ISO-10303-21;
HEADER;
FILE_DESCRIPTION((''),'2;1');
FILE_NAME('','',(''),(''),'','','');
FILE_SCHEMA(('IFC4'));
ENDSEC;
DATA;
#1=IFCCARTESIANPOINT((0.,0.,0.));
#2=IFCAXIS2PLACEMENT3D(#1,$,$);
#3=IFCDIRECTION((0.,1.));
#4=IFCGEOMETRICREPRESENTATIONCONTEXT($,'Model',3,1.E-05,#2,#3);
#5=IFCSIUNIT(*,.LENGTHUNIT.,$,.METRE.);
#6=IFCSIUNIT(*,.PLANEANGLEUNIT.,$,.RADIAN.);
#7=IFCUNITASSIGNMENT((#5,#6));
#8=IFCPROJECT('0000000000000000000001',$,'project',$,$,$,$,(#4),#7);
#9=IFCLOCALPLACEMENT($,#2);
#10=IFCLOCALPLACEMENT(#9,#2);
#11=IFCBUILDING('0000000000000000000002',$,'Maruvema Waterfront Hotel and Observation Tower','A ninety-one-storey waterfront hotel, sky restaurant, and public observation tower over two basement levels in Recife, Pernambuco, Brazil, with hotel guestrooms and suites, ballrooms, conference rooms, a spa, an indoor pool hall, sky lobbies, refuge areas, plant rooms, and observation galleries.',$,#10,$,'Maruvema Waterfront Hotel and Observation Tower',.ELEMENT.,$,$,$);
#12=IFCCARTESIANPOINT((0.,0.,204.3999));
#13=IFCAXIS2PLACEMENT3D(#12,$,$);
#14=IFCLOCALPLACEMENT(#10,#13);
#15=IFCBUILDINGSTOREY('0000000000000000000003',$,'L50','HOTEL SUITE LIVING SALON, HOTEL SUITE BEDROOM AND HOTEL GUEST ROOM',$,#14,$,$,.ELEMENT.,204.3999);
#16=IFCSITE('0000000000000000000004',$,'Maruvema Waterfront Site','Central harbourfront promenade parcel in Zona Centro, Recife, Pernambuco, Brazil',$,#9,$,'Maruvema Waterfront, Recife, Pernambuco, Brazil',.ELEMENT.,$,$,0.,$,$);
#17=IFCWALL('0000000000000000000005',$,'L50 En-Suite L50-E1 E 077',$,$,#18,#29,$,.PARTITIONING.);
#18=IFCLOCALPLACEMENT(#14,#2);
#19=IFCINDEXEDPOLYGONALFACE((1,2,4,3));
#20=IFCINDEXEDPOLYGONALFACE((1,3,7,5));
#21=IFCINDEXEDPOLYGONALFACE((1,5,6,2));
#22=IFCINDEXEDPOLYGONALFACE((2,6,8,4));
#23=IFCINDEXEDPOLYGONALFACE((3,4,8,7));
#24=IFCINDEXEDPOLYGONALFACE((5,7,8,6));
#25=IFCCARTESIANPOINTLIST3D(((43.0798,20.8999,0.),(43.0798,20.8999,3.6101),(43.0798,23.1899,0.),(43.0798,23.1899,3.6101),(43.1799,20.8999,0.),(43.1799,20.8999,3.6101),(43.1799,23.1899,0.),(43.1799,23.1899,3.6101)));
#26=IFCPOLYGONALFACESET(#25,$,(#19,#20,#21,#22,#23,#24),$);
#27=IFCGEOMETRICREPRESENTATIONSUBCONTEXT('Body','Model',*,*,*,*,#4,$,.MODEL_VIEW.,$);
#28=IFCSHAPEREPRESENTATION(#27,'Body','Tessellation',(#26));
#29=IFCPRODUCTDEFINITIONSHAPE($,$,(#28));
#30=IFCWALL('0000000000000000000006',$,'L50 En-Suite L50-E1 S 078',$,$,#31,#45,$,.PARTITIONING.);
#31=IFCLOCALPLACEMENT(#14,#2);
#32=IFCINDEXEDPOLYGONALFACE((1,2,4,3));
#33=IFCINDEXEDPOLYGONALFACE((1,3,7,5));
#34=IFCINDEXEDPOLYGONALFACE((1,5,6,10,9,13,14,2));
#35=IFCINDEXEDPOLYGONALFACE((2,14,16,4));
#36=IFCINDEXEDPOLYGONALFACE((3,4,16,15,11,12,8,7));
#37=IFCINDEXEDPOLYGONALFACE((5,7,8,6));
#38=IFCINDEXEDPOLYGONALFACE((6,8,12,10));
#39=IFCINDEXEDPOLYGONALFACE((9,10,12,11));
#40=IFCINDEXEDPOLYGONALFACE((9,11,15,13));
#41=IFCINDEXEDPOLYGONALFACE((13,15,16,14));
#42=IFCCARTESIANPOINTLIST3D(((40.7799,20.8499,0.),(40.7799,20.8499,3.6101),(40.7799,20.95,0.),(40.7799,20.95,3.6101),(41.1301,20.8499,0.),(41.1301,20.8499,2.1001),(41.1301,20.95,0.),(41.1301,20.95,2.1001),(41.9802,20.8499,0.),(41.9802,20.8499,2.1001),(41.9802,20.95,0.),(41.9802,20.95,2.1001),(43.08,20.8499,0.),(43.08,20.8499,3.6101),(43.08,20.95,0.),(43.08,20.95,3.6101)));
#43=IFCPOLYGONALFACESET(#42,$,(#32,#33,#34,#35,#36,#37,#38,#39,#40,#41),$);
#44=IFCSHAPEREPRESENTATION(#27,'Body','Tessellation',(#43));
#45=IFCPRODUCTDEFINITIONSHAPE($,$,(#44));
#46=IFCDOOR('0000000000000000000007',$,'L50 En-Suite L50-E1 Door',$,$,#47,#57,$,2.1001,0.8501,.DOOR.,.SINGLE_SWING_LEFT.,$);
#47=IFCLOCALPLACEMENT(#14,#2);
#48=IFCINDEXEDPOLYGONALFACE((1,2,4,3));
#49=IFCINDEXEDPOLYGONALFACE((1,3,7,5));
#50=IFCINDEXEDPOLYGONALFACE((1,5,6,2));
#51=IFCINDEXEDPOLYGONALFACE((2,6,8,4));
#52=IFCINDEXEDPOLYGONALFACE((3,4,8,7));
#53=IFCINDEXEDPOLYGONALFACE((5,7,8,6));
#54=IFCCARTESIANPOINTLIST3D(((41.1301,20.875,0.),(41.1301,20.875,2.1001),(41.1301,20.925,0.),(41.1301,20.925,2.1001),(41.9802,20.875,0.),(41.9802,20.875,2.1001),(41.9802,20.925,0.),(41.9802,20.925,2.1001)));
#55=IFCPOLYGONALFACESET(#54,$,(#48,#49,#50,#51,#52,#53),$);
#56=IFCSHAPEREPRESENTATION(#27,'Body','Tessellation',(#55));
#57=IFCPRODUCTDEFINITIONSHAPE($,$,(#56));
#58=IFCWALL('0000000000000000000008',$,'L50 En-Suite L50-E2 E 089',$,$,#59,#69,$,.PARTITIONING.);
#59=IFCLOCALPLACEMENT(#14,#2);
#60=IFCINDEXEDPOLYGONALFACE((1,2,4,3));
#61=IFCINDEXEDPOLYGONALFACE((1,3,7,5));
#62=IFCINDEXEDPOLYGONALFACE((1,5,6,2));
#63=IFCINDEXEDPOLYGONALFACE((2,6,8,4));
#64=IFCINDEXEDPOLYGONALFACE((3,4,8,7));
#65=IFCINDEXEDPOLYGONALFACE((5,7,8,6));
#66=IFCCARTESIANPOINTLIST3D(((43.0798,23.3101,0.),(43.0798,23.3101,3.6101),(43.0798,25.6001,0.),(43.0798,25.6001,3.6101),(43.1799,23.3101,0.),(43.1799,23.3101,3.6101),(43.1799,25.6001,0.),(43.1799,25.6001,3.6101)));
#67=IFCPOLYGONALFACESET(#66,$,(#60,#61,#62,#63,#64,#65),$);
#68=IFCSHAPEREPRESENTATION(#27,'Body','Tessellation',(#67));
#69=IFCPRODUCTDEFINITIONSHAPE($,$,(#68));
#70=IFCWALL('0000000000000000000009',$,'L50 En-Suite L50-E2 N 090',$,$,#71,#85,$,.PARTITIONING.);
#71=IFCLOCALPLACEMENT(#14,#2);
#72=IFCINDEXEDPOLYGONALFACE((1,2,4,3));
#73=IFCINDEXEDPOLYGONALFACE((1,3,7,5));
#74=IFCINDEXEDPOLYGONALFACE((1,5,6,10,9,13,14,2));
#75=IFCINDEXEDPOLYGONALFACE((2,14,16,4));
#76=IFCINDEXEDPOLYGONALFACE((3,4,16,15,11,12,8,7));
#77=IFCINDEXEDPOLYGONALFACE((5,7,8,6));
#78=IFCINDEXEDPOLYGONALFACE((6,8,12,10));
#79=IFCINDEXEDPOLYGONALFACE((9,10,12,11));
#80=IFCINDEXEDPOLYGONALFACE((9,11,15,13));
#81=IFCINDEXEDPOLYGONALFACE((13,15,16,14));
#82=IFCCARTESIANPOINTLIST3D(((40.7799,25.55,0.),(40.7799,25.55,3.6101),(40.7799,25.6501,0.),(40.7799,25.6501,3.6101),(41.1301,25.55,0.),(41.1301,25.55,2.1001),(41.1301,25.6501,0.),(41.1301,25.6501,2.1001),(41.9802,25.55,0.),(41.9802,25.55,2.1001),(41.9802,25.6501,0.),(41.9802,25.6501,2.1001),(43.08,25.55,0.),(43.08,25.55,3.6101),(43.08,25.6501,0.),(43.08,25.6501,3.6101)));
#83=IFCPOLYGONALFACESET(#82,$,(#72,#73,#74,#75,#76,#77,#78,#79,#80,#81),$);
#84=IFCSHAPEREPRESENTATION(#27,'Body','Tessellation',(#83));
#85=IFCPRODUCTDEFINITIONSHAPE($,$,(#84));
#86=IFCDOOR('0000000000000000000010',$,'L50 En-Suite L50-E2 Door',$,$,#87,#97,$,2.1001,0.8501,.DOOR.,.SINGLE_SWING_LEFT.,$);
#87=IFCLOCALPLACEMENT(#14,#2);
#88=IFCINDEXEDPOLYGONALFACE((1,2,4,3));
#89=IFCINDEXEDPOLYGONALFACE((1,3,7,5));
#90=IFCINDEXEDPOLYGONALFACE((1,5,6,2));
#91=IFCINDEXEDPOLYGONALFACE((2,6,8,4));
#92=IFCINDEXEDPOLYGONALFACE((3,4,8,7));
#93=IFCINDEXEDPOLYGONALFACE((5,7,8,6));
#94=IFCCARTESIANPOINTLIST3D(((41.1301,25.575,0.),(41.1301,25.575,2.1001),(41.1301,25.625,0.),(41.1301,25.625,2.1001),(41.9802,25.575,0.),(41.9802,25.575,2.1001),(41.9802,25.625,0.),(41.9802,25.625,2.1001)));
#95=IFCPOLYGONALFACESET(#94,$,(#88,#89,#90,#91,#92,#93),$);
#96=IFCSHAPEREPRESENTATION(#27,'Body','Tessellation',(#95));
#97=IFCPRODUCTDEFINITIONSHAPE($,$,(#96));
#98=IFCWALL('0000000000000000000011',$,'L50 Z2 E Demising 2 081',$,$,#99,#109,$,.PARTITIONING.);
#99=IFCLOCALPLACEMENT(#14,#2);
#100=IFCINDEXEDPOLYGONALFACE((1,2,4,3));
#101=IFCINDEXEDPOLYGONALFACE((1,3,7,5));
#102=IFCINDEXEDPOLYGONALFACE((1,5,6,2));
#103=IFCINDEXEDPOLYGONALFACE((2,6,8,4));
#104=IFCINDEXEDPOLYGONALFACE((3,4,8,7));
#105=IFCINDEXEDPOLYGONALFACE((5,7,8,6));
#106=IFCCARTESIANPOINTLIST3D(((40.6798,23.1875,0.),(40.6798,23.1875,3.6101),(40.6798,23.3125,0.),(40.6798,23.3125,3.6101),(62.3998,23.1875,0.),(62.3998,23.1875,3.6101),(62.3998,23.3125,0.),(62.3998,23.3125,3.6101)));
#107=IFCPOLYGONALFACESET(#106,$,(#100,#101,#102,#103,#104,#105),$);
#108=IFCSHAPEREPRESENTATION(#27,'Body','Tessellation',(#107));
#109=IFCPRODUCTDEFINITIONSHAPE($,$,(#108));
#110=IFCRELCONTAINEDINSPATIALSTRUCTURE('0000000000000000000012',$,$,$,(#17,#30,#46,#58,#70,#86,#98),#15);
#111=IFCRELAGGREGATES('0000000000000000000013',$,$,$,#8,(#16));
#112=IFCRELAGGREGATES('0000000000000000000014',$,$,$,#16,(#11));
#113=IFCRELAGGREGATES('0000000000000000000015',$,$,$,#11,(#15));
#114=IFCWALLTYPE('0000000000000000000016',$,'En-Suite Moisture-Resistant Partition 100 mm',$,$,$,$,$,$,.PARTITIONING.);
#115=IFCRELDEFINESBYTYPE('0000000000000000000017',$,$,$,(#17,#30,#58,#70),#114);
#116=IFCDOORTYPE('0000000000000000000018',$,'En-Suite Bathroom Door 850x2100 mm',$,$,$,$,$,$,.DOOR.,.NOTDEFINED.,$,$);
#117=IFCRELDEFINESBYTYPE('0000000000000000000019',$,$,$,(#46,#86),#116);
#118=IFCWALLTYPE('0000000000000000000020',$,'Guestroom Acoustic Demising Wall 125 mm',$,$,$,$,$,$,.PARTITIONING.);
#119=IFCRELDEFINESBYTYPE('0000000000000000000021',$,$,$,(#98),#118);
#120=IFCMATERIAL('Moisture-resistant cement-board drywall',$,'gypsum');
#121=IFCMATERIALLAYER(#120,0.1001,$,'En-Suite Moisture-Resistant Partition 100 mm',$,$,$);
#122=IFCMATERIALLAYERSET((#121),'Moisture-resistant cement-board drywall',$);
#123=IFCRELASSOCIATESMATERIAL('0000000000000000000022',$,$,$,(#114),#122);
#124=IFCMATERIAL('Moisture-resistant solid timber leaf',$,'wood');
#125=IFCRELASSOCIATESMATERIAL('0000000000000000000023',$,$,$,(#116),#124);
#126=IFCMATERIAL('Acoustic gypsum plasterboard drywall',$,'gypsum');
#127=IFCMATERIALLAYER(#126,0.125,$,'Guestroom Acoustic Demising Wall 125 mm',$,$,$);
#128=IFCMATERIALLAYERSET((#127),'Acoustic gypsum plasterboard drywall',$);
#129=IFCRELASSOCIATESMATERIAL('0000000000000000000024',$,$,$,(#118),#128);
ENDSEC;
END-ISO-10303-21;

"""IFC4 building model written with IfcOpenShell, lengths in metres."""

from ifc_helpers import new_model, si_unit, direction, frame, frame_2d, origin, place, context, subcontext, project, spatial, rectangle, extrude, material, layer, layer_set, type_object, element, fill, save


model = new_model("IFC4")

# Units and contexts
model_context = context("Model", 3, precision=1e-05, world=origin(), true_north=direction((0.0, 1.0)))
body_context = subcontext(model_context, "Body", "Model", "MODEL_VIEW")
ifc_project = project(units=[si_unit("LENGTHUNIT", "METRE"), si_unit("PLANEANGLEUNIT", "RADIAN")], contexts=[model_context])

# Site, building, storey
site_placement = place(None, origin())
site = spatial("IfcSite", under=ifc_project, at=site_placement, Name="Maruvema Waterfront Site", Description="Central harbourfront promenade parcel in Zona Centro, Recife, Pernambuco, Brazil", LongName="Maruvema Waterfront, Recife, Pernambuco, Brazil", CompositionType="ELEMENT", RefElevation=0.0)
building_placement = place(site_placement, origin())
building = spatial("IfcBuilding", under=site, at=building_placement, Name="Maruvema Waterfront Hotel and Observation Tower", Description="A ninety-one-storey waterfront hotel, sky restaurant, and public observation tower over two basement levels in Recife, Pernambuco, Brazil, with hotel guestrooms and suites, ballrooms, conference rooms, a spa, an indoor pool hall, sky lobbies, refuge areas, plant rooms, and observation galleries.", LongName="Maruvema Waterfront Hotel and Observation Tower", CompositionType="ELEMENT")
storey_placement = place(building_placement, frame((0.0, 0.0, 204.3999)))
storey = spatial("IfcBuildingStorey", under=building, at=storey_placement, Name="L50", Description="HOTEL SUITE LIVING SALON, HOTEL SUITE BEDROOM AND HOTEL GUEST ROOM", CompositionType="ELEMENT", Elevation=204.3999)

# Wall
ifc_material_1 = material(Name="Moisture-resistant cement-board drywall", Category="gypsum")
ifc_layer_1 = layer(ifc_material_1, 0.1001, Name="En-Suite Moisture-Resistant Partition 100 mm")
ifc_layer_set_1 = layer_set([ifc_layer_1], Name="Moisture-resistant cement-board drywall")
wall_type_1 = type_object("IfcWallType", Name="En-Suite Moisture-Resistant Partition 100 mm", PredefinedType="PARTITIONING", material=ifc_layer_set_1)
wall_1_placement = place(storey_placement, frame((43.1299, 20.8999, 0.0), z_axis=(0.0, 0.0, 1.0), x_axis=(0.0, 1.0, 0.0)))
element("IfcWall", 1, at=wall_1_placement, inside=storey, type_object=wall_type_1, Name="L50 En-Suite L50-E1 E 077", PredefinedType="PARTITIONING", context=body_context, shape_type="SweptSolid", body=[
    extrude(rectangle(XDim=2.29, YDim=0.1001, at=frame_2d((1.145, 0.0))), origin(), (0.0, 0.0, 1.0), 3.6101),
])

# Wall, opening, door
wall_2_placement = place(storey_placement, frame((40.78, 20.8999, 0.0), z_axis=(0.0, 0.0, 1.0), x_axis=(1.0, 0.0, 0.0)))
wall_2 = element("IfcWall", 2, at=wall_2_placement, inside=storey, type_object=wall_type_1, Name="L50 En-Suite L50-E1 S 078", PredefinedType="PARTITIONING", context=body_context, shape_type="SweptSolid", body=[
    extrude(rectangle(XDim=2.3, YDim=0.1001, at=frame_2d((1.1499, 0.0))), origin(), (0.0, 0.0, 1.0), 3.6101),
])
opening_1_placement = place(wall_2_placement, frame((0.3501, 0.0, 0.0)))
opening_1 = element("IfcOpeningElement", 3, at=opening_1_placement, cuts=wall_2, PredefinedType="OPENING", context=body_context, shape_type="SweptSolid", body=[
    extrude(rectangle(XDim=0.8501, YDim=2.1001, at=frame_2d((0.425, 1.05))), frame((0.0, 0.0601, 0.0), z_axis=(0.0, -1.0, 0.0), x_axis=(1.0, 0.0, 0.0)), (0.0, 0.0, 1.0), 0.1201),
])
ifc_material_2 = material(Name="Moisture-resistant solid timber leaf", Category="wood")
door_type_1 = type_object("IfcDoorType", Name="En-Suite Bathroom Door 850x2100 mm", OperationType="NOTDEFINED", PredefinedType="DOOR", material=ifc_material_2)
door_1_placement = place(opening_1_placement, frame((0.8501, 0.0, 0.0), z_axis=(0.0, 0.0, 1.0), x_axis=(-1.0, 0.0, 0.0)))
door_1 = element("IfcDoor", 4, at=door_1_placement, inside=storey, type_object=door_type_1, Name="L50 En-Suite L50-E1 Door", OperationType="SINGLE_SWING_LEFT", OverallHeight=2.1001, OverallWidth=0.8501, PredefinedType="DOOR", context=body_context, shape_type="SweptSolid", body=[
    extrude(rectangle(XDim=0.8501, YDim=2.1001, at=frame_2d((0.425, 1.05))), frame((0.0, 0.0249, 0.0), z_axis=(0.0, -1.0, 0.0), x_axis=(1.0, 0.0, 0.0)), (0.0, 0.0, 1.0), 0.05),
])
fill(opening_1, door_1)

# Wall
wall_3_placement = place(storey_placement, frame((43.1299, 23.3101, 0.0), z_axis=(0.0, 0.0, 1.0), x_axis=(0.0, 1.0, 0.0)))
element("IfcWall", 5, at=wall_3_placement, inside=storey, type_object=wall_type_1, Name="L50 En-Suite L50-E2 E 089", PredefinedType="PARTITIONING", context=body_context, shape_type="SweptSolid", body=[
    extrude(rectangle(XDim=2.29, YDim=0.1001, at=frame_2d((1.145, 0.0))), origin(), (0.0, 0.0, 1.0), 3.6101),
])

# Wall, opening, door
wall_4_placement = place(storey_placement, frame((40.78, 25.6001, 0.0), z_axis=(0.0, 0.0, 1.0), x_axis=(1.0, 0.0, 0.0)))
wall_4 = element("IfcWall", 6, at=wall_4_placement, inside=storey, type_object=wall_type_1, Name="L50 En-Suite L50-E2 N 090", PredefinedType="PARTITIONING", context=body_context, shape_type="SweptSolid", body=[
    extrude(rectangle(XDim=2.3, YDim=0.1001, at=frame_2d((1.1499, 0.0))), origin(), (0.0, 0.0, 1.0), 3.6101),
])
opening_2_placement = place(wall_4_placement, frame((0.3501, 0.0, 0.0)))
opening_2 = element("IfcOpeningElement", 7, at=opening_2_placement, cuts=wall_4, PredefinedType="OPENING", context=body_context, shape_type="SweptSolid", body=[
    extrude(rectangle(XDim=0.8501, YDim=2.1001, at=frame_2d((0.425, 1.05))), frame((0.0, 0.0601, 0.0), z_axis=(0.0, -1.0, 0.0), x_axis=(1.0, 0.0, 0.0)), (0.0, 0.0, 1.0), 0.1201),
])
door_2_placement = place(opening_2_placement, origin())
door_2 = element("IfcDoor", 8, at=door_2_placement, inside=storey, type_object=door_type_1, Name="L50 En-Suite L50-E2 Door", OperationType="SINGLE_SWING_LEFT", OverallHeight=2.1001, OverallWidth=0.8501, PredefinedType="DOOR", context=body_context, shape_type="SweptSolid", body=[
    extrude(rectangle(XDim=0.8501, YDim=2.1001, at=frame_2d((0.425, 1.05))), frame((0.0, 0.0249, 0.0), z_axis=(0.0, -1.0, 0.0), x_axis=(1.0, 0.0, 0.0)), (0.0, 0.0, 1.0), 0.05),
])
fill(opening_2, door_2)

# Wall
ifc_material_3 = material(Name="Acoustic gypsum plasterboard drywall", Category="gypsum")
ifc_layer_2 = layer(ifc_material_3, 0.125, Name="Guestroom Acoustic Demising Wall 125 mm")
ifc_layer_set_2 = layer_set([ifc_layer_2], Name="Acoustic gypsum plasterboard drywall")
wall_type_2 = type_object("IfcWallType", Name="Guestroom Acoustic Demising Wall 125 mm", PredefinedType="PARTITIONING", material=ifc_layer_set_2)
wall_5_placement = place(storey_placement, frame((40.6799, 23.25, 0.0), z_axis=(0.0, 0.0, 1.0), x_axis=(1.0, 0.0, 0.0)))
element("IfcWall", 9, at=wall_5_placement, inside=storey, type_object=wall_type_2, Name="L50 Z2 E Demising 2 081", PredefinedType="PARTITIONING", context=body_context, shape_type="SweptSolid", body=[
    extrude(rectangle(XDim=21.72, YDim=0.125, at=frame_2d((10.8599, 0.0))), origin(), (0.0, 0.0, 1.0), 3.6101),
])

save(model, "model.ifc")
